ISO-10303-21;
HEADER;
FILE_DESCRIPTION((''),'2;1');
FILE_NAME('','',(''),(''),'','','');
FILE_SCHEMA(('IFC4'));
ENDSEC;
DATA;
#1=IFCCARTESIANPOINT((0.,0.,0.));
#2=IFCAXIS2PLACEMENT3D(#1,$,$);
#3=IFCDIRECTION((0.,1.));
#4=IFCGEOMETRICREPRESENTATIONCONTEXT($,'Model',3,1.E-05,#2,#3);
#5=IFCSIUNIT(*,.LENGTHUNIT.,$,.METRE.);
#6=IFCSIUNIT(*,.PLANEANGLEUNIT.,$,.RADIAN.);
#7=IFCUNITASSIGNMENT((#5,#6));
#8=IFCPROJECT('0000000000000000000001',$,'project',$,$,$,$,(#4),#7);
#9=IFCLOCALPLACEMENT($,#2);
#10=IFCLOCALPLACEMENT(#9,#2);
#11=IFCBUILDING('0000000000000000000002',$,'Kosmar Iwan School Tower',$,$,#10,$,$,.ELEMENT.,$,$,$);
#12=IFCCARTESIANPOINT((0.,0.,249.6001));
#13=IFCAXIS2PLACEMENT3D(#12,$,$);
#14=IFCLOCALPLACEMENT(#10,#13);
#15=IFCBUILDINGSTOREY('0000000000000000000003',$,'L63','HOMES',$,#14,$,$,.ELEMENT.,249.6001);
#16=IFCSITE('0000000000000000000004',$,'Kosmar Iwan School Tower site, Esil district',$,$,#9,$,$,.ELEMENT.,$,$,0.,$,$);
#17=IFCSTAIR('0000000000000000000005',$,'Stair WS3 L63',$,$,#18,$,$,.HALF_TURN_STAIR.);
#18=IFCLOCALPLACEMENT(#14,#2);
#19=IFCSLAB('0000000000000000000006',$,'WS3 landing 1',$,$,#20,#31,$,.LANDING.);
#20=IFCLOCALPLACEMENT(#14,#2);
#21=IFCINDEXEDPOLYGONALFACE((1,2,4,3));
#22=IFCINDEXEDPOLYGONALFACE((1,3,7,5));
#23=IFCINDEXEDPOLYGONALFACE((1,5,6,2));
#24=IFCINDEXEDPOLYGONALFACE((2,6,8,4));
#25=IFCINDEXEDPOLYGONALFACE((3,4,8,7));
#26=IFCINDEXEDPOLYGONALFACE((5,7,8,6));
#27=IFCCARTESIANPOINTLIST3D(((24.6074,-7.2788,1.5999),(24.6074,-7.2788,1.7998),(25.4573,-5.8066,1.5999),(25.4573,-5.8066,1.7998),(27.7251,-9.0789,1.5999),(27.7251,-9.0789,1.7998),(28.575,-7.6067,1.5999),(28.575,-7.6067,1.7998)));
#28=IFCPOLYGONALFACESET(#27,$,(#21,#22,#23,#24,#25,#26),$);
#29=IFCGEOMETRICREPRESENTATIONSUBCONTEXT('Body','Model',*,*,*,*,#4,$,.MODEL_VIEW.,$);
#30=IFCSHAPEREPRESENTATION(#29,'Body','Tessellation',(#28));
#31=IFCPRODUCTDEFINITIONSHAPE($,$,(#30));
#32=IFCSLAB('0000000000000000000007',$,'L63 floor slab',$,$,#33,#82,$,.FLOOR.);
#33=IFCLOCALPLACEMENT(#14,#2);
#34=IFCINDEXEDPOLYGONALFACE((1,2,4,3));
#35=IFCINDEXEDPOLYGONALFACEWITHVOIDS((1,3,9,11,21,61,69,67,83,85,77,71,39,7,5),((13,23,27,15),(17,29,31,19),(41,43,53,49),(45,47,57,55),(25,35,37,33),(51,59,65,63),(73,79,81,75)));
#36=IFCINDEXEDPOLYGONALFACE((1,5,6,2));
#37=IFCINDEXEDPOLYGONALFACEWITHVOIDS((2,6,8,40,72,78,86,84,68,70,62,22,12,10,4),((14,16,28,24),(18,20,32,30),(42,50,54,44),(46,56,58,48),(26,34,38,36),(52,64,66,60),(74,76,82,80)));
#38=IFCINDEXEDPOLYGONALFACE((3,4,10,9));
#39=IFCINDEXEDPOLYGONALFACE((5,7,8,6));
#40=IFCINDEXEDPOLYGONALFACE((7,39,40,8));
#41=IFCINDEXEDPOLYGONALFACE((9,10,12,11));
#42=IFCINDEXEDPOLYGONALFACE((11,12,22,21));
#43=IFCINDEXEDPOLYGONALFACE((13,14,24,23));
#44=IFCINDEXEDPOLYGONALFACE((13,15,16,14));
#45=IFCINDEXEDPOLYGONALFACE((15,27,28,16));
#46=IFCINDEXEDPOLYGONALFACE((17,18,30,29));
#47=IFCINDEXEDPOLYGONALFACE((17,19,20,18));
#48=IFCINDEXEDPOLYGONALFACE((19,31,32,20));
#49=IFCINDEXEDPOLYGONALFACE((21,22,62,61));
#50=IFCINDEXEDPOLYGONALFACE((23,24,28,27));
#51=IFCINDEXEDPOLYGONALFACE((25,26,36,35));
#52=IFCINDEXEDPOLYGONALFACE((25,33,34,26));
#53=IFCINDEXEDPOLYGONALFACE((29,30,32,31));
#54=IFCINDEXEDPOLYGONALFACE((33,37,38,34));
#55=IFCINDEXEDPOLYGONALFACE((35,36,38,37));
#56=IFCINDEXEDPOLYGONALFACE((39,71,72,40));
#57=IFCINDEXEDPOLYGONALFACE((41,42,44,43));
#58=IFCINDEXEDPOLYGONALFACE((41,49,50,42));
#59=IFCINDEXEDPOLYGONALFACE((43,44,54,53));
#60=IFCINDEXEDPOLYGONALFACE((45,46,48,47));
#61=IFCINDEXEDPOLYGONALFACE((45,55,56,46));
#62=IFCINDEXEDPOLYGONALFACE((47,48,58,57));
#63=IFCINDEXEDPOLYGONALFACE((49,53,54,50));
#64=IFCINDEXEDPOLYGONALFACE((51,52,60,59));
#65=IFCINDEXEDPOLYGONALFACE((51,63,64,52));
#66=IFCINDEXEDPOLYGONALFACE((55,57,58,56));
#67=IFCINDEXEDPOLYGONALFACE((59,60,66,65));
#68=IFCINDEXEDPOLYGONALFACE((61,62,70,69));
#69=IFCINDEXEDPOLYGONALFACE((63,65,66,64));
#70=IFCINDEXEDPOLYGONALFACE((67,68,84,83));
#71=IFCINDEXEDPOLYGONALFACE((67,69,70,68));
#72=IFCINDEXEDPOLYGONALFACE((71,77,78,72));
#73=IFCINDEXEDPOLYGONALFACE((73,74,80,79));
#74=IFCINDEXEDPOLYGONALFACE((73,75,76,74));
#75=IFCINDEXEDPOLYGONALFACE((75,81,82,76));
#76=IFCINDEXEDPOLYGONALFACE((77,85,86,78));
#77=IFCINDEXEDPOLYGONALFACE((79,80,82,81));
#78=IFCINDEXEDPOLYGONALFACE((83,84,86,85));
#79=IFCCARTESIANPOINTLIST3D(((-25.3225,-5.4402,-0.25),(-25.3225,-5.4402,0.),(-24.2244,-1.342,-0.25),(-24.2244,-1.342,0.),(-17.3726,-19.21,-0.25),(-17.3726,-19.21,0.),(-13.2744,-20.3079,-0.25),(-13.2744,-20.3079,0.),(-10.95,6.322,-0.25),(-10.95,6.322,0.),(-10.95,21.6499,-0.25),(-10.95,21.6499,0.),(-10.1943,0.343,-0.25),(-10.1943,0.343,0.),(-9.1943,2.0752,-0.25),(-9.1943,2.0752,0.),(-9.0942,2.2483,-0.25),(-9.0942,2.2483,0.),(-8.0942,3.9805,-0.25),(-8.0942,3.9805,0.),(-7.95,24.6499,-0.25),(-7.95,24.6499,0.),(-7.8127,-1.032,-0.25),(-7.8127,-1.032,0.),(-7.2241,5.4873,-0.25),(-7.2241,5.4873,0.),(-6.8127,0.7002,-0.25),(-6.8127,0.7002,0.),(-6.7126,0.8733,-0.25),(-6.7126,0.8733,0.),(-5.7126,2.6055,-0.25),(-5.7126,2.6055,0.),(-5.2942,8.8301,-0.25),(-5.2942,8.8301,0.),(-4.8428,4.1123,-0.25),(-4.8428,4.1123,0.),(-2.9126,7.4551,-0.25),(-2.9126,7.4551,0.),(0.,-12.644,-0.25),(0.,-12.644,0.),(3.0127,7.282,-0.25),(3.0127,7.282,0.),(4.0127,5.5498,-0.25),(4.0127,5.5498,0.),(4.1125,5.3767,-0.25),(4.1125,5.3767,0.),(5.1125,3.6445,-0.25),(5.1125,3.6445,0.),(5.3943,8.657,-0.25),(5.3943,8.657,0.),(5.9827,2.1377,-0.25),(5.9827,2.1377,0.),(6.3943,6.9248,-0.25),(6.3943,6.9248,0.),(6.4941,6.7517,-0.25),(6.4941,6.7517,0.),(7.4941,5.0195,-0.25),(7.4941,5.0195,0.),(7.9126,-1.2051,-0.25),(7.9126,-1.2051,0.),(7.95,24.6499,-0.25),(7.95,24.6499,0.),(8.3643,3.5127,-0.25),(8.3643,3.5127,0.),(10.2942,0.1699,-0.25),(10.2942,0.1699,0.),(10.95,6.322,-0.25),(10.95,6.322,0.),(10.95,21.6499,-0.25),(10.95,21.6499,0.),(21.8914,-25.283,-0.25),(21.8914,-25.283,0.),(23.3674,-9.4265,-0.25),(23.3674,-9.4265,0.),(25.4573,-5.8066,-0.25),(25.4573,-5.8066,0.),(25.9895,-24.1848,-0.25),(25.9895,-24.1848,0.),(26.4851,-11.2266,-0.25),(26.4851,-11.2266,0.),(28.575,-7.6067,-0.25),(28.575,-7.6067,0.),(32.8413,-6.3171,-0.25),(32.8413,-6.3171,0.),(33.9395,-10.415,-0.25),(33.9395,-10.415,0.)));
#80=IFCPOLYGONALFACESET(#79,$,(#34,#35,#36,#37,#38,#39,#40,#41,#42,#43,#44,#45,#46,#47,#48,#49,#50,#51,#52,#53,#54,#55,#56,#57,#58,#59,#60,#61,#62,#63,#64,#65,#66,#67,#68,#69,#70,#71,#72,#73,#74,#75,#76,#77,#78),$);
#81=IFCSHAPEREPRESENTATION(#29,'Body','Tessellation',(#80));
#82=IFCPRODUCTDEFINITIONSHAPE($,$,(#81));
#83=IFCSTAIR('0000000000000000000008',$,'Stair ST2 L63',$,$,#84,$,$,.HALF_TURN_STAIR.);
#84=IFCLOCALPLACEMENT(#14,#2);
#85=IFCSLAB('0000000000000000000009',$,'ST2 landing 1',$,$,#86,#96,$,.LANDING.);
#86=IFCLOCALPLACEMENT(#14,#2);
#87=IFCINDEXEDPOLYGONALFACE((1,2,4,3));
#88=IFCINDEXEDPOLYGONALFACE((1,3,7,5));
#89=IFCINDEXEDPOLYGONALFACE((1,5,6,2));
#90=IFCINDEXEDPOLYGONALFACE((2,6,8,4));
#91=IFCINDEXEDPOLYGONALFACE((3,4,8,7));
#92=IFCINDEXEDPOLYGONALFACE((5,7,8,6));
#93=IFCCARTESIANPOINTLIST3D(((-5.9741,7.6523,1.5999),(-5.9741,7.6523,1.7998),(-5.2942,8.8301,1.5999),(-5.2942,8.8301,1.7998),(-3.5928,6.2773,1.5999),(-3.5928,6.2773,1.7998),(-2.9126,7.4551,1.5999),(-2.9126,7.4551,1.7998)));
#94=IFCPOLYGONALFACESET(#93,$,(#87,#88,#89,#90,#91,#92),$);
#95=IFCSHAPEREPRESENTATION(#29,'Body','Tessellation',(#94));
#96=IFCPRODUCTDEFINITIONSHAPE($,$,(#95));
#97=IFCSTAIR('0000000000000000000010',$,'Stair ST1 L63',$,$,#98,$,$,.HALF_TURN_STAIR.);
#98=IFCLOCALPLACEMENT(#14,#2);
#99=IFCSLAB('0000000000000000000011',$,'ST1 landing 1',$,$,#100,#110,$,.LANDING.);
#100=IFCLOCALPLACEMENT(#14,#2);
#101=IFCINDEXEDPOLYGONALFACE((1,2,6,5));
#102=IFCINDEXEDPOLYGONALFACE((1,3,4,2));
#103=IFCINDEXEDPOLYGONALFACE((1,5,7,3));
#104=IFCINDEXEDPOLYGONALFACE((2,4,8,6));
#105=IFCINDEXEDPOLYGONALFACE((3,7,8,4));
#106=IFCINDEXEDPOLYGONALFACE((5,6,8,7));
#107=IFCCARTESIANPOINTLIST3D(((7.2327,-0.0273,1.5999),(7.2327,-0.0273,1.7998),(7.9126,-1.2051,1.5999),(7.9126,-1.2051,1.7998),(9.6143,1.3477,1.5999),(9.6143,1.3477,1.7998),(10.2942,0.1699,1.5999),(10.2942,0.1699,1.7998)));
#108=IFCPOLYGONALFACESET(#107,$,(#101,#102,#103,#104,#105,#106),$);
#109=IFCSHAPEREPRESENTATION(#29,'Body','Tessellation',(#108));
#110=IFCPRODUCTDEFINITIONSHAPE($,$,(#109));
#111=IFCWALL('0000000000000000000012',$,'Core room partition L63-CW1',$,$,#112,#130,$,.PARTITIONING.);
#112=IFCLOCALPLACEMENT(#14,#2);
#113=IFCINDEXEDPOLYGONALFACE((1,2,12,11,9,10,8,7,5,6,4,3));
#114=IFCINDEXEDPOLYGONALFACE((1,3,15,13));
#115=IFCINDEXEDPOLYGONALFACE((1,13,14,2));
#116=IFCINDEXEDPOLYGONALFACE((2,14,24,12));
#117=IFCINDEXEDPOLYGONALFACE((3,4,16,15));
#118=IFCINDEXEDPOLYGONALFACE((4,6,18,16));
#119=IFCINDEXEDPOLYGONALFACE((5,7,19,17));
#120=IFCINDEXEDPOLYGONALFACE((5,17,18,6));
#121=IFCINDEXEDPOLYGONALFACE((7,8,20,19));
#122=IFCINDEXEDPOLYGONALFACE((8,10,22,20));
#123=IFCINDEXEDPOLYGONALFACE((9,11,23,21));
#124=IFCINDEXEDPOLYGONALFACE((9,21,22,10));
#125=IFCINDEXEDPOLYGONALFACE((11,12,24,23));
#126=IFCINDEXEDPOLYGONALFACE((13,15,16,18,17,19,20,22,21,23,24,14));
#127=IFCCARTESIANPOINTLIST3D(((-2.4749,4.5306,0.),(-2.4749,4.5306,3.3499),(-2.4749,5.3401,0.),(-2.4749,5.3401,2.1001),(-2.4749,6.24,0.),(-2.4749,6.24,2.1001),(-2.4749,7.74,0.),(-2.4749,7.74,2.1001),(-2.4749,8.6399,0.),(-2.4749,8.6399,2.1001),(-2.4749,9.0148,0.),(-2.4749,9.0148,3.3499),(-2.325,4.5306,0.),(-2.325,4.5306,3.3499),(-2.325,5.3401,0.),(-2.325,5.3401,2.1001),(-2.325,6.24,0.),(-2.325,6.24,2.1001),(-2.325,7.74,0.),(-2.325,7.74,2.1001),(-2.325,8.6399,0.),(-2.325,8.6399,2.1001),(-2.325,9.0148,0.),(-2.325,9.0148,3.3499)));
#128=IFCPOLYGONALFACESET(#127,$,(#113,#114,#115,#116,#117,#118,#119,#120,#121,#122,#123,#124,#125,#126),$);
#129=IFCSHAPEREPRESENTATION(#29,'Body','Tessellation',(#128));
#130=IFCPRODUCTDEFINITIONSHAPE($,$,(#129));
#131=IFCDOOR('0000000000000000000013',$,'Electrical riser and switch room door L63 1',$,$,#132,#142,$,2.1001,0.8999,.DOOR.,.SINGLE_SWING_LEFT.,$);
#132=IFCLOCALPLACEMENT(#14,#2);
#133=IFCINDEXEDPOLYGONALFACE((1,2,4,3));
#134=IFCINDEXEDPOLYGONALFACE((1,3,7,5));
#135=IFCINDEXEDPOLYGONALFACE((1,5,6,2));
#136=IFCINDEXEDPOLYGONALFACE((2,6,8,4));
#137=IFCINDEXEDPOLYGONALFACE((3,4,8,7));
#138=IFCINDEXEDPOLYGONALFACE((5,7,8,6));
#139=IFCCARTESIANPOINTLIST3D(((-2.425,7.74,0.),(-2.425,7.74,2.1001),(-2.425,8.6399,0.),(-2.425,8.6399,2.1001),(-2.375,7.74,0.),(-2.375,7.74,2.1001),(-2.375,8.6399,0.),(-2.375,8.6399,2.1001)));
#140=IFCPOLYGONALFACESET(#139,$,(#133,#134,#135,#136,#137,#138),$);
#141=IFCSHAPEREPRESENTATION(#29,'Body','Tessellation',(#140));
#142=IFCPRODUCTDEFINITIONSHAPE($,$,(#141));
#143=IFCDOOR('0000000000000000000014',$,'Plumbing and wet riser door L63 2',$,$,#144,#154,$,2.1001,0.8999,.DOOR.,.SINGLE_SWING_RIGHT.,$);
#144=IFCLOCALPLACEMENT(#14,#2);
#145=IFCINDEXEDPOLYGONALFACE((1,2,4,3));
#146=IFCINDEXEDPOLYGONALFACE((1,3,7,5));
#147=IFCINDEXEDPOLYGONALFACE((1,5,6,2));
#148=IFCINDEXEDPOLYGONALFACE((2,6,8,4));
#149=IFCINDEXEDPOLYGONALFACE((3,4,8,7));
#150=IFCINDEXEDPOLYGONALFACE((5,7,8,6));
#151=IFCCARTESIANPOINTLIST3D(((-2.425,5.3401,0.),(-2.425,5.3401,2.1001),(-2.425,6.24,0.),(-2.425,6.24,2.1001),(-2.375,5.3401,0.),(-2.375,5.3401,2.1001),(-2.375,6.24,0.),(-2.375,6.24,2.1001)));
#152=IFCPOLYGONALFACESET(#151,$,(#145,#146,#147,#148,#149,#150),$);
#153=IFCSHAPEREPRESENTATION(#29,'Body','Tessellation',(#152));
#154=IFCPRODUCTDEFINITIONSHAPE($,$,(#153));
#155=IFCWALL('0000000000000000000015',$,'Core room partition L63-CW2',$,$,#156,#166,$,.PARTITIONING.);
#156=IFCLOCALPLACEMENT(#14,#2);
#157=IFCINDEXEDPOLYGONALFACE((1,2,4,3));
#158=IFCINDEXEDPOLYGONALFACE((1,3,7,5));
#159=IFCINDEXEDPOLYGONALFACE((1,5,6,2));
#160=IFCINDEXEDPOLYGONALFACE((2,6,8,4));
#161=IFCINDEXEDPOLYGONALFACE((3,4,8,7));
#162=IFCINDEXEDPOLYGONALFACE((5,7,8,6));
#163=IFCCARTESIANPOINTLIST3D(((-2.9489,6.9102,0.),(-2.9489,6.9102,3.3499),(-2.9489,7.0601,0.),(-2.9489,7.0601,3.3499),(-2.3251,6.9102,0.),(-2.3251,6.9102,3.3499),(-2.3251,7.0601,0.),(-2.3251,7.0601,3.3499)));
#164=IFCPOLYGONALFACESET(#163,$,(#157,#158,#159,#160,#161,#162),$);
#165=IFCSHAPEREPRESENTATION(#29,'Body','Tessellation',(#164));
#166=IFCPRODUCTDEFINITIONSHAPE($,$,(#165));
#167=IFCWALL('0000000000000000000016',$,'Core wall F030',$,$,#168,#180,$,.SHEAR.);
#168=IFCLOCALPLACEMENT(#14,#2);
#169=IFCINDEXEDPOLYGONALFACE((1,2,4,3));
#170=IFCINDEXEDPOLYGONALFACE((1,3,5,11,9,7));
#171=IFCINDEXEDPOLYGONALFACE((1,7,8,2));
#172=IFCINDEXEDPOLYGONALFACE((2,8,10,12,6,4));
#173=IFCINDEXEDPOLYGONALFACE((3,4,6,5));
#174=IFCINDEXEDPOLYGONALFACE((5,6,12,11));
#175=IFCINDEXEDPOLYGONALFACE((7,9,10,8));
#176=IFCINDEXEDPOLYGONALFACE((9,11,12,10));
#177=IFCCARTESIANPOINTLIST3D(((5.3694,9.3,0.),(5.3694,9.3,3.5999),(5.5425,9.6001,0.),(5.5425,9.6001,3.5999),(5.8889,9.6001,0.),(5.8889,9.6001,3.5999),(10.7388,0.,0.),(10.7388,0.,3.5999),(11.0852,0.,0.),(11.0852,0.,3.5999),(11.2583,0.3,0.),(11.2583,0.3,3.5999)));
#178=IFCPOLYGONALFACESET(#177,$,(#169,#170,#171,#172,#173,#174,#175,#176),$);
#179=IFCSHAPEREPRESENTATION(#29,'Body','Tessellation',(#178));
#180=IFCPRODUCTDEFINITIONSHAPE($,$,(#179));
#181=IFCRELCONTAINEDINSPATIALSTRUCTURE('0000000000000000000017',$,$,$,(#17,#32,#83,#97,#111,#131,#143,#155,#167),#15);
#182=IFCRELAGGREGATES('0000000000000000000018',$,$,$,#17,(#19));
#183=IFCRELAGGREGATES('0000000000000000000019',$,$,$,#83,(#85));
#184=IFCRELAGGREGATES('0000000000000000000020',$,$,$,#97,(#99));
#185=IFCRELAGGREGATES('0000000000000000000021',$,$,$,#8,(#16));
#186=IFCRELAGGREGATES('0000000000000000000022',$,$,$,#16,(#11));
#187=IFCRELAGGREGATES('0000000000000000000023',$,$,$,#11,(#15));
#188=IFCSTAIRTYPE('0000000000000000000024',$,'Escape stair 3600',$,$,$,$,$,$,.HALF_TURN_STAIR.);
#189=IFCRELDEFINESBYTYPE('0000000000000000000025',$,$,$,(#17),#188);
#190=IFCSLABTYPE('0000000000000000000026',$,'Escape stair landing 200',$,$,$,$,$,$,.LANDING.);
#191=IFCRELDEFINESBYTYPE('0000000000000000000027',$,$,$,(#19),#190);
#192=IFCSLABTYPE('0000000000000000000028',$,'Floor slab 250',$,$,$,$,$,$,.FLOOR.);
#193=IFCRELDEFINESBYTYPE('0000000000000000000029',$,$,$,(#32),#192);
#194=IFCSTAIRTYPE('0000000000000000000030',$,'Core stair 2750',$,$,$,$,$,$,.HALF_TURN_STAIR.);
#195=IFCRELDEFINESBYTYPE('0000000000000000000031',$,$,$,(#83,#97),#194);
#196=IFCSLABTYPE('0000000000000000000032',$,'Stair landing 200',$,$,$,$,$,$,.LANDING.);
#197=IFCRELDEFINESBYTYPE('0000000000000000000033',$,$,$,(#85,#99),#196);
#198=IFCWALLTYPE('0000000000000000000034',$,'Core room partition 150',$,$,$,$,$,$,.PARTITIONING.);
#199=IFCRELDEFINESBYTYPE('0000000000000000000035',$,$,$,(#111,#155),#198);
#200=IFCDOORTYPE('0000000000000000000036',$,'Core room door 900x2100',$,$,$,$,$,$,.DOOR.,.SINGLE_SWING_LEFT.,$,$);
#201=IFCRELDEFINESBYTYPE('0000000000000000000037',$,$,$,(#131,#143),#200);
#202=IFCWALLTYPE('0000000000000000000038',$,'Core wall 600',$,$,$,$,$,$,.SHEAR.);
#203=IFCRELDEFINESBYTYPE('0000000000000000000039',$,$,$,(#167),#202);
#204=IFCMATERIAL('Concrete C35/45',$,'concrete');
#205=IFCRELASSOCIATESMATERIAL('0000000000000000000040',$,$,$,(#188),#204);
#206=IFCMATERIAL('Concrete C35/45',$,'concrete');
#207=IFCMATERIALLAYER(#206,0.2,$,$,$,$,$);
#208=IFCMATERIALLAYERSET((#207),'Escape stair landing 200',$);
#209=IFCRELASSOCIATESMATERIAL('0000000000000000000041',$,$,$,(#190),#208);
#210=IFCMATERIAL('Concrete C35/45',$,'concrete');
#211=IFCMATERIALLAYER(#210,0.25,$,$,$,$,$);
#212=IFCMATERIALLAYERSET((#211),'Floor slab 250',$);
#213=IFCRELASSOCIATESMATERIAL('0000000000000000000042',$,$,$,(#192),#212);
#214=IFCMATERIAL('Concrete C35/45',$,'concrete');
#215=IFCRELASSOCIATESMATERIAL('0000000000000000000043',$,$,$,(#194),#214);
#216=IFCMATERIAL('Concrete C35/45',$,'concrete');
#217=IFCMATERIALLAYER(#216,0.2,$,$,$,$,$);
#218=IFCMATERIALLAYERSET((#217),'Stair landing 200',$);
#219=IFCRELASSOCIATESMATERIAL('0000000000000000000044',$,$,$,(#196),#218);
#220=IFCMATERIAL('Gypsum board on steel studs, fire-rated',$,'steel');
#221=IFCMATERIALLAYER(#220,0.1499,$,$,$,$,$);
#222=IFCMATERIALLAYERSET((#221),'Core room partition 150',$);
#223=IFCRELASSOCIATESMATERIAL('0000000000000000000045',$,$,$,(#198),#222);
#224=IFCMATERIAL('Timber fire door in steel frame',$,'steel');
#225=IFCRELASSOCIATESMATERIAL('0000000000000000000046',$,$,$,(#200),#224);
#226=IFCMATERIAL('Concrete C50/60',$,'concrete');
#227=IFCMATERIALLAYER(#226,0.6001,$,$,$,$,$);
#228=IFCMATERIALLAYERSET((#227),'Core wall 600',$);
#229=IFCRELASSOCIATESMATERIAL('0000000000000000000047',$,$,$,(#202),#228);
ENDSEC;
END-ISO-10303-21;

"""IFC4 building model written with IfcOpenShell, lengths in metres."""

from ifc_helpers import new_model, si_unit, direction, frame, frame_2d, origin, place, context, subcontext, project, spatial, polyline, rectangle, outline, extrude, material, layer, layer_set, type_object, element, fill, aggregate, save


model = new_model("IFC4")

# Units and contexts
model_context = context("Model", 3, precision=1e-05, world=origin(), true_north=direction((0.0, 1.0)))
body_context = subcontext(model_context, "Body", "Model", "MODEL_VIEW")
ifc_project = project(units=[si_unit("LENGTHUNIT", "METRE"), si_unit("PLANEANGLEUNIT", "RADIAN")], contexts=[model_context])

# Site, building, storey
site_placement = place(None, origin())
site = spatial("IfcSite", under=ifc_project, at=site_placement, Name="Kosmar Iwan School Tower site, Esil district", CompositionType="ELEMENT", RefElevation=0.0)
building_placement = place(site_placement, origin())
building = spatial("IfcBuilding", under=site, at=building_placement, Name="Kosmar Iwan School Tower", CompositionType="ELEMENT")
storey_placement = place(building_placement, frame((0.0, 0.0, 249.6001)))
storey = spatial("IfcBuildingStorey", under=building, at=storey_placement, Name="L63", Description="HOMES", CompositionType="ELEMENT", Elevation=249.6001)

# Stair, slab
ifc_material_1 = material(Name="Concrete C35/45", Category="concrete")
stair_type_1 = type_object("IfcStairType", Name="Escape stair 3600", PredefinedType="HALF_TURN_STAIR", material=ifc_material_1)
stair_1_placement = place(storey_placement, origin())
stair_1 = element("IfcStair", 1, at=stair_1_placement, inside=storey, type_object=stair_type_1, Name="Stair WS3 L63", PredefinedType="HALF_TURN_STAIR")
ifc_material_2 = material(Name="Concrete C35/45", Category="concrete")
ifc_layer_1 = layer(ifc_material_2, 0.2)
ifc_layer_set_1 = layer_set([ifc_layer_1], Name="Escape stair landing 200")
slab_type_1 = type_object("IfcSlabType", Name="Escape stair landing 200", PredefinedType="LANDING", material=ifc_layer_set_1)
slab_1_placement = place(storey_placement, frame((0.0, 0.0, 1.5999)))
slab_1 = element("IfcSlab", 2, at=slab_1_placement, type_object=slab_type_1, Name="WS3 landing 1", PredefinedType="LANDING", context=body_context, shape_type="SweptSolid", body=[
    extrude(outline(polyline([(24.6074, -7.2788), (27.7251, -9.0789), (28.575, -7.6067), (25.4573, -5.8066), (24.6074, -7.2788)])), origin(), (0.0, 0.0, 1.0), 0.2),
])
aggregate(stair_1, [slab_1])

# Slab
ifc_material_3 = material(Name="Concrete C35/45", Category="concrete")
ifc_layer_2 = layer(ifc_material_3, 0.25)
ifc_layer_set_2 = layer_set([ifc_layer_2], Name="Floor slab 250")
slab_type_2 = type_object("IfcSlabType", Name="Floor slab 250", PredefinedType="FLOOR", material=ifc_layer_set_2)
slab_2_placement = place(storey_placement, frame((0.0, 0.0, -0.25)))
element("IfcSlab", 3, at=slab_2_placement, inside=storey, type_object=slab_type_2, Name="L63 floor slab", PredefinedType="FLOOR", context=body_context, shape_type="SweptSolid", body=[
    extrude(outline(polyline([(21.8914, -25.283), (25.9895, -24.1848), (33.9395, -10.415), (32.8413, -6.3171), (10.95, 6.322), (10.95, 21.6499), (7.95, 24.6499), (-7.95, 24.6499), (-10.95, 21.6499), (-10.95, 6.322), (-24.2244, -1.342), (-25.3225, -5.4402), (-17.3726, -19.21), (-13.2744, -20.3079), (0.0, -12.644), (21.8914, -25.283)]), holes=[polyline([(7.9126, -1.2051), (10.2942, 0.1699), (8.3643, 3.5127), (5.9827, 2.1377), (7.9126, -1.2051)]), polyline([(-2.9126, 7.4551), (-5.2942, 8.8301), (-7.2241, 5.4873), (-4.8428, 4.1123), (-2.9126, 7.4551)]), polyline([(-5.7126, 2.6055), (-8.0942, 3.9805), (-9.0942, 2.2483), (-6.7126, 0.8733), (-5.7126, 2.6055)]), polyline([(-6.8127, 0.7002), (-9.1943, 2.0752), (-10.1943, 0.343), (-7.8127, -1.032), (-6.8127, 0.7002)]), polyline([(5.1125, 3.6445), (7.4941, 5.0195), (6.4941, 6.7517), (4.1125, 5.3767), (5.1125, 3.6445)]), polyline([(4.0127, 5.5498), (6.3943, 6.9248), (5.3943, 8.657), (3.0127, 7.282), (4.0127, 5.5498)]), polyline([(23.3674, -9.4265), (26.4851, -11.2266), (28.575, -7.6067), (25.4573, -5.8066), (23.3674, -9.4265)])]), origin(), (0.0, 0.0, 1.0), 0.25),
])

# Stairs, slabs
ifc_material_4 = material(Name="Concrete C35/45", Category="concrete")
stair_type_2 = type_object("IfcStairType", Name="Core stair 2750", PredefinedType="HALF_TURN_STAIR", material=ifc_material_4)
stair_2_placement = place(storey_placement, origin())
stair_2 = element("IfcStair", 4, at=stair_2_placement, inside=storey, type_object=stair_type_2, Name="Stair ST2 L63", PredefinedType="HALF_TURN_STAIR")
ifc_material_5 = material(Name="Concrete C35/45", Category="concrete")
ifc_layer_3 = layer(ifc_material_5, 0.2)
ifc_layer_set_3 = layer_set([ifc_layer_3], Name="Stair landing 200")
slab_type_3 = type_object("IfcSlabType", Name="Stair landing 200", PredefinedType="LANDING", material=ifc_layer_set_3)
slab_3_placement = place(storey_placement, frame((0.0, 0.0, 1.5999)))
slab_3 = element("IfcSlab", 5, at=slab_3_placement, type_object=slab_type_3, Name="ST2 landing 1", PredefinedType="LANDING", context=body_context, shape_type="SweptSolid", body=[
    extrude(outline(polyline([(-2.9126, 7.4551), (-5.2942, 8.8301), (-5.9741, 7.6523), (-3.5928, 6.2773), (-2.9126, 7.4551)])), origin(), (0.0, 0.0, 1.0), 0.2),
])
aggregate(stair_2, [slab_3])
stair_3_placement = place(storey_placement, origin())
stair_3 = element("IfcStair", 6, at=stair_3_placement, inside=storey, type_object=stair_type_2, Name="Stair ST1 L63", PredefinedType="HALF_TURN_STAIR")
slab_4_placement = place(storey_placement, frame((0.0, 0.0, 1.5999)))
slab_4 = element("IfcSlab", 7, at=slab_4_placement, type_object=slab_type_3, Name="ST1 landing 1", PredefinedType="LANDING", context=body_context, shape_type="SweptSolid", body=[
    extrude(outline(polyline([(7.9126, -1.2051), (10.2942, 0.1699), (9.6143, 1.3477), (7.2327, -0.0273), (7.9126, -1.2051)])), origin(), (0.0, 0.0, 1.0), 0.2),
])
aggregate(stair_3, [slab_4])

# Wall, openings, doors
ifc_material_6 = material(Name="Gypsum board on steel studs, fire-rated", Category="steel")
ifc_layer_4 = layer(ifc_material_6, 0.1499)
ifc_layer_set_4 = layer_set([ifc_layer_4], Name="Core room partition 150")
wall_type_1 = type_object("IfcWallType", Name="Core room partition 150", PredefinedType="PARTITIONING", material=ifc_layer_set_4)
wall_1_placement = place(storey_placement, frame((-2.3999, 9.0149, 0.0), z_axis=(0.0, 0.0, 1.0), x_axis=(0.0, -1.0, 0.0)))
wall_1 = element("IfcWall", 8, at=wall_1_placement, inside=storey, type_object=wall_type_1, Name="Core room partition L63-CW1", PredefinedType="PARTITIONING", context=body_context, shape_type="SweptSolid", body=[
    extrude(rectangle(XDim=4.4841, YDim=0.1499, at=frame_2d((2.2422, 0.0))), origin(), (0.0, 0.0, 1.0), 3.3499),
])
opening_1_placement = place(wall_1_placement, frame((0.375, 0.0, 0.0)))
opening_1 = element("IfcOpeningElement", 9, at=opening_1_placement, cuts=wall_1, PredefinedType="OPENING", context=body_context, shape_type="SweptSolid", body=[
    extrude(rectangle(XDim=0.8999, YDim=2.1001, at=frame_2d((0.45, 1.05))), frame((0.0, 0.0869, 0.0), z_axis=(0.0, -1.0, 0.0), x_axis=(1.0, 0.0, 0.0)), (0.0, 0.0, 1.0), 0.1738),
])
opening_2_placement = place(wall_1_placement, frame((2.7749, 0.0, 0.0)))
opening_2 = element("IfcOpeningElement", 10, at=opening_2_placement, cuts=wall_1, PredefinedType="OPENING", context=body_context, shape_type="SweptSolid", body=[
    extrude(rectangle(XDim=0.8999, YDim=2.1001, at=frame_2d((0.45, 1.05))), frame((0.0, 0.0869, 0.0), z_axis=(0.0, -1.0, 0.0), x_axis=(1.0, 0.0, 0.0)), (0.0, 0.0, 1.0), 0.1738),
])
ifc_material_7 = material(Name="Timber fire door in steel frame", Category="steel")
door_type_1 = type_object("IfcDoorType", Name="Core room door 900x2100", OperationType="SINGLE_SWING_LEFT", PredefinedType="DOOR", material=ifc_material_7)
door_1_placement = place(opening_1_placement, origin())
door_1 = element("IfcDoor", 11, at=door_1_placement, inside=storey, type_object=door_type_1, Name="Electrical riser and switch room door L63 1", OperationType="SINGLE_SWING_LEFT", OverallHeight=2.1001, OverallWidth=0.8999, PredefinedType="DOOR", context=body_context, shape_type="SweptSolid", body=[
    extrude(rectangle(XDim=0.8999, YDim=2.1001, at=frame_2d((0.45, 1.05))), frame((0.0, 0.0249, 0.0), z_axis=(0.0, -1.0, 0.0), x_axis=(1.0, 0.0, 0.0)), (0.0, 0.0, 1.0), 0.05),
])
fill(opening_1, door_1)
door_2_placement = place(opening_2_placement, origin())
door_2 = element("IfcDoor", 12, at=door_2_placement, inside=storey, type_object=door_type_1, Name="Plumbing and wet riser door L63 2", OperationType="SINGLE_SWING_RIGHT", OverallHeight=2.1001, OverallWidth=0.8999, PredefinedType="DOOR", context=body_context, shape_type="SweptSolid", body=[
    extrude(rectangle(XDim=0.8999, YDim=2.1001, at=frame_2d((0.45, 1.05))), frame((0.0, 0.0249, 0.0), z_axis=(0.0, -1.0, 0.0), x_axis=(1.0, 0.0, 0.0)), (0.0, 0.0, 1.0), 0.05),
])
fill(opening_2, door_2)

# Walls
wall_2_placement = place(storey_placement, frame((-2.325, 6.9851, 0.0), z_axis=(0.0, 0.0, 1.0), x_axis=(-1.0, 0.0, 0.0)))
element("IfcWall", 13, at=wall_2_placement, inside=storey, type_object=wall_type_1, Name="Core room partition L63-CW2", PredefinedType="PARTITIONING", context=body_context, shape_type="SweptSolid", body=[
    extrude(rectangle(XDim=0.6238, YDim=0.1499, at=frame_2d((0.312, 0.0))), origin(), (0.0, 0.0, 1.0), 3.3499),
])
ifc_material_8 = material(Name="Concrete C50/60", Category="concrete")
ifc_layer_5 = layer(ifc_material_8, 0.6001)
ifc_layer_set_5 = layer_set([ifc_layer_5], Name="Core wall 600")
wall_type_2 = type_object("IfcWallType", Name="Core wall 600", PredefinedType="SHEAR", material=ifc_layer_set_5)
wall_3_placement = place(storey_placement, origin())
element("IfcWall", 14, at=wall_3_placement, inside=storey, type_object=wall_type_2, Name="Core wall F030", PredefinedType="SHEAR", context=body_context, shape_type="SweptSolid", body=[
    extrude(outline(polyline([(10.7388, 0.0), (11.0852, 0.0), (11.2583, 0.3), (5.8889, 9.6001), (5.5425, 9.6001), (5.3694, 9.3), (10.7388, 0.0)])), origin(), (0.0, 0.0, 1.0), 3.5999),
])

save(model, "model.ifc")
